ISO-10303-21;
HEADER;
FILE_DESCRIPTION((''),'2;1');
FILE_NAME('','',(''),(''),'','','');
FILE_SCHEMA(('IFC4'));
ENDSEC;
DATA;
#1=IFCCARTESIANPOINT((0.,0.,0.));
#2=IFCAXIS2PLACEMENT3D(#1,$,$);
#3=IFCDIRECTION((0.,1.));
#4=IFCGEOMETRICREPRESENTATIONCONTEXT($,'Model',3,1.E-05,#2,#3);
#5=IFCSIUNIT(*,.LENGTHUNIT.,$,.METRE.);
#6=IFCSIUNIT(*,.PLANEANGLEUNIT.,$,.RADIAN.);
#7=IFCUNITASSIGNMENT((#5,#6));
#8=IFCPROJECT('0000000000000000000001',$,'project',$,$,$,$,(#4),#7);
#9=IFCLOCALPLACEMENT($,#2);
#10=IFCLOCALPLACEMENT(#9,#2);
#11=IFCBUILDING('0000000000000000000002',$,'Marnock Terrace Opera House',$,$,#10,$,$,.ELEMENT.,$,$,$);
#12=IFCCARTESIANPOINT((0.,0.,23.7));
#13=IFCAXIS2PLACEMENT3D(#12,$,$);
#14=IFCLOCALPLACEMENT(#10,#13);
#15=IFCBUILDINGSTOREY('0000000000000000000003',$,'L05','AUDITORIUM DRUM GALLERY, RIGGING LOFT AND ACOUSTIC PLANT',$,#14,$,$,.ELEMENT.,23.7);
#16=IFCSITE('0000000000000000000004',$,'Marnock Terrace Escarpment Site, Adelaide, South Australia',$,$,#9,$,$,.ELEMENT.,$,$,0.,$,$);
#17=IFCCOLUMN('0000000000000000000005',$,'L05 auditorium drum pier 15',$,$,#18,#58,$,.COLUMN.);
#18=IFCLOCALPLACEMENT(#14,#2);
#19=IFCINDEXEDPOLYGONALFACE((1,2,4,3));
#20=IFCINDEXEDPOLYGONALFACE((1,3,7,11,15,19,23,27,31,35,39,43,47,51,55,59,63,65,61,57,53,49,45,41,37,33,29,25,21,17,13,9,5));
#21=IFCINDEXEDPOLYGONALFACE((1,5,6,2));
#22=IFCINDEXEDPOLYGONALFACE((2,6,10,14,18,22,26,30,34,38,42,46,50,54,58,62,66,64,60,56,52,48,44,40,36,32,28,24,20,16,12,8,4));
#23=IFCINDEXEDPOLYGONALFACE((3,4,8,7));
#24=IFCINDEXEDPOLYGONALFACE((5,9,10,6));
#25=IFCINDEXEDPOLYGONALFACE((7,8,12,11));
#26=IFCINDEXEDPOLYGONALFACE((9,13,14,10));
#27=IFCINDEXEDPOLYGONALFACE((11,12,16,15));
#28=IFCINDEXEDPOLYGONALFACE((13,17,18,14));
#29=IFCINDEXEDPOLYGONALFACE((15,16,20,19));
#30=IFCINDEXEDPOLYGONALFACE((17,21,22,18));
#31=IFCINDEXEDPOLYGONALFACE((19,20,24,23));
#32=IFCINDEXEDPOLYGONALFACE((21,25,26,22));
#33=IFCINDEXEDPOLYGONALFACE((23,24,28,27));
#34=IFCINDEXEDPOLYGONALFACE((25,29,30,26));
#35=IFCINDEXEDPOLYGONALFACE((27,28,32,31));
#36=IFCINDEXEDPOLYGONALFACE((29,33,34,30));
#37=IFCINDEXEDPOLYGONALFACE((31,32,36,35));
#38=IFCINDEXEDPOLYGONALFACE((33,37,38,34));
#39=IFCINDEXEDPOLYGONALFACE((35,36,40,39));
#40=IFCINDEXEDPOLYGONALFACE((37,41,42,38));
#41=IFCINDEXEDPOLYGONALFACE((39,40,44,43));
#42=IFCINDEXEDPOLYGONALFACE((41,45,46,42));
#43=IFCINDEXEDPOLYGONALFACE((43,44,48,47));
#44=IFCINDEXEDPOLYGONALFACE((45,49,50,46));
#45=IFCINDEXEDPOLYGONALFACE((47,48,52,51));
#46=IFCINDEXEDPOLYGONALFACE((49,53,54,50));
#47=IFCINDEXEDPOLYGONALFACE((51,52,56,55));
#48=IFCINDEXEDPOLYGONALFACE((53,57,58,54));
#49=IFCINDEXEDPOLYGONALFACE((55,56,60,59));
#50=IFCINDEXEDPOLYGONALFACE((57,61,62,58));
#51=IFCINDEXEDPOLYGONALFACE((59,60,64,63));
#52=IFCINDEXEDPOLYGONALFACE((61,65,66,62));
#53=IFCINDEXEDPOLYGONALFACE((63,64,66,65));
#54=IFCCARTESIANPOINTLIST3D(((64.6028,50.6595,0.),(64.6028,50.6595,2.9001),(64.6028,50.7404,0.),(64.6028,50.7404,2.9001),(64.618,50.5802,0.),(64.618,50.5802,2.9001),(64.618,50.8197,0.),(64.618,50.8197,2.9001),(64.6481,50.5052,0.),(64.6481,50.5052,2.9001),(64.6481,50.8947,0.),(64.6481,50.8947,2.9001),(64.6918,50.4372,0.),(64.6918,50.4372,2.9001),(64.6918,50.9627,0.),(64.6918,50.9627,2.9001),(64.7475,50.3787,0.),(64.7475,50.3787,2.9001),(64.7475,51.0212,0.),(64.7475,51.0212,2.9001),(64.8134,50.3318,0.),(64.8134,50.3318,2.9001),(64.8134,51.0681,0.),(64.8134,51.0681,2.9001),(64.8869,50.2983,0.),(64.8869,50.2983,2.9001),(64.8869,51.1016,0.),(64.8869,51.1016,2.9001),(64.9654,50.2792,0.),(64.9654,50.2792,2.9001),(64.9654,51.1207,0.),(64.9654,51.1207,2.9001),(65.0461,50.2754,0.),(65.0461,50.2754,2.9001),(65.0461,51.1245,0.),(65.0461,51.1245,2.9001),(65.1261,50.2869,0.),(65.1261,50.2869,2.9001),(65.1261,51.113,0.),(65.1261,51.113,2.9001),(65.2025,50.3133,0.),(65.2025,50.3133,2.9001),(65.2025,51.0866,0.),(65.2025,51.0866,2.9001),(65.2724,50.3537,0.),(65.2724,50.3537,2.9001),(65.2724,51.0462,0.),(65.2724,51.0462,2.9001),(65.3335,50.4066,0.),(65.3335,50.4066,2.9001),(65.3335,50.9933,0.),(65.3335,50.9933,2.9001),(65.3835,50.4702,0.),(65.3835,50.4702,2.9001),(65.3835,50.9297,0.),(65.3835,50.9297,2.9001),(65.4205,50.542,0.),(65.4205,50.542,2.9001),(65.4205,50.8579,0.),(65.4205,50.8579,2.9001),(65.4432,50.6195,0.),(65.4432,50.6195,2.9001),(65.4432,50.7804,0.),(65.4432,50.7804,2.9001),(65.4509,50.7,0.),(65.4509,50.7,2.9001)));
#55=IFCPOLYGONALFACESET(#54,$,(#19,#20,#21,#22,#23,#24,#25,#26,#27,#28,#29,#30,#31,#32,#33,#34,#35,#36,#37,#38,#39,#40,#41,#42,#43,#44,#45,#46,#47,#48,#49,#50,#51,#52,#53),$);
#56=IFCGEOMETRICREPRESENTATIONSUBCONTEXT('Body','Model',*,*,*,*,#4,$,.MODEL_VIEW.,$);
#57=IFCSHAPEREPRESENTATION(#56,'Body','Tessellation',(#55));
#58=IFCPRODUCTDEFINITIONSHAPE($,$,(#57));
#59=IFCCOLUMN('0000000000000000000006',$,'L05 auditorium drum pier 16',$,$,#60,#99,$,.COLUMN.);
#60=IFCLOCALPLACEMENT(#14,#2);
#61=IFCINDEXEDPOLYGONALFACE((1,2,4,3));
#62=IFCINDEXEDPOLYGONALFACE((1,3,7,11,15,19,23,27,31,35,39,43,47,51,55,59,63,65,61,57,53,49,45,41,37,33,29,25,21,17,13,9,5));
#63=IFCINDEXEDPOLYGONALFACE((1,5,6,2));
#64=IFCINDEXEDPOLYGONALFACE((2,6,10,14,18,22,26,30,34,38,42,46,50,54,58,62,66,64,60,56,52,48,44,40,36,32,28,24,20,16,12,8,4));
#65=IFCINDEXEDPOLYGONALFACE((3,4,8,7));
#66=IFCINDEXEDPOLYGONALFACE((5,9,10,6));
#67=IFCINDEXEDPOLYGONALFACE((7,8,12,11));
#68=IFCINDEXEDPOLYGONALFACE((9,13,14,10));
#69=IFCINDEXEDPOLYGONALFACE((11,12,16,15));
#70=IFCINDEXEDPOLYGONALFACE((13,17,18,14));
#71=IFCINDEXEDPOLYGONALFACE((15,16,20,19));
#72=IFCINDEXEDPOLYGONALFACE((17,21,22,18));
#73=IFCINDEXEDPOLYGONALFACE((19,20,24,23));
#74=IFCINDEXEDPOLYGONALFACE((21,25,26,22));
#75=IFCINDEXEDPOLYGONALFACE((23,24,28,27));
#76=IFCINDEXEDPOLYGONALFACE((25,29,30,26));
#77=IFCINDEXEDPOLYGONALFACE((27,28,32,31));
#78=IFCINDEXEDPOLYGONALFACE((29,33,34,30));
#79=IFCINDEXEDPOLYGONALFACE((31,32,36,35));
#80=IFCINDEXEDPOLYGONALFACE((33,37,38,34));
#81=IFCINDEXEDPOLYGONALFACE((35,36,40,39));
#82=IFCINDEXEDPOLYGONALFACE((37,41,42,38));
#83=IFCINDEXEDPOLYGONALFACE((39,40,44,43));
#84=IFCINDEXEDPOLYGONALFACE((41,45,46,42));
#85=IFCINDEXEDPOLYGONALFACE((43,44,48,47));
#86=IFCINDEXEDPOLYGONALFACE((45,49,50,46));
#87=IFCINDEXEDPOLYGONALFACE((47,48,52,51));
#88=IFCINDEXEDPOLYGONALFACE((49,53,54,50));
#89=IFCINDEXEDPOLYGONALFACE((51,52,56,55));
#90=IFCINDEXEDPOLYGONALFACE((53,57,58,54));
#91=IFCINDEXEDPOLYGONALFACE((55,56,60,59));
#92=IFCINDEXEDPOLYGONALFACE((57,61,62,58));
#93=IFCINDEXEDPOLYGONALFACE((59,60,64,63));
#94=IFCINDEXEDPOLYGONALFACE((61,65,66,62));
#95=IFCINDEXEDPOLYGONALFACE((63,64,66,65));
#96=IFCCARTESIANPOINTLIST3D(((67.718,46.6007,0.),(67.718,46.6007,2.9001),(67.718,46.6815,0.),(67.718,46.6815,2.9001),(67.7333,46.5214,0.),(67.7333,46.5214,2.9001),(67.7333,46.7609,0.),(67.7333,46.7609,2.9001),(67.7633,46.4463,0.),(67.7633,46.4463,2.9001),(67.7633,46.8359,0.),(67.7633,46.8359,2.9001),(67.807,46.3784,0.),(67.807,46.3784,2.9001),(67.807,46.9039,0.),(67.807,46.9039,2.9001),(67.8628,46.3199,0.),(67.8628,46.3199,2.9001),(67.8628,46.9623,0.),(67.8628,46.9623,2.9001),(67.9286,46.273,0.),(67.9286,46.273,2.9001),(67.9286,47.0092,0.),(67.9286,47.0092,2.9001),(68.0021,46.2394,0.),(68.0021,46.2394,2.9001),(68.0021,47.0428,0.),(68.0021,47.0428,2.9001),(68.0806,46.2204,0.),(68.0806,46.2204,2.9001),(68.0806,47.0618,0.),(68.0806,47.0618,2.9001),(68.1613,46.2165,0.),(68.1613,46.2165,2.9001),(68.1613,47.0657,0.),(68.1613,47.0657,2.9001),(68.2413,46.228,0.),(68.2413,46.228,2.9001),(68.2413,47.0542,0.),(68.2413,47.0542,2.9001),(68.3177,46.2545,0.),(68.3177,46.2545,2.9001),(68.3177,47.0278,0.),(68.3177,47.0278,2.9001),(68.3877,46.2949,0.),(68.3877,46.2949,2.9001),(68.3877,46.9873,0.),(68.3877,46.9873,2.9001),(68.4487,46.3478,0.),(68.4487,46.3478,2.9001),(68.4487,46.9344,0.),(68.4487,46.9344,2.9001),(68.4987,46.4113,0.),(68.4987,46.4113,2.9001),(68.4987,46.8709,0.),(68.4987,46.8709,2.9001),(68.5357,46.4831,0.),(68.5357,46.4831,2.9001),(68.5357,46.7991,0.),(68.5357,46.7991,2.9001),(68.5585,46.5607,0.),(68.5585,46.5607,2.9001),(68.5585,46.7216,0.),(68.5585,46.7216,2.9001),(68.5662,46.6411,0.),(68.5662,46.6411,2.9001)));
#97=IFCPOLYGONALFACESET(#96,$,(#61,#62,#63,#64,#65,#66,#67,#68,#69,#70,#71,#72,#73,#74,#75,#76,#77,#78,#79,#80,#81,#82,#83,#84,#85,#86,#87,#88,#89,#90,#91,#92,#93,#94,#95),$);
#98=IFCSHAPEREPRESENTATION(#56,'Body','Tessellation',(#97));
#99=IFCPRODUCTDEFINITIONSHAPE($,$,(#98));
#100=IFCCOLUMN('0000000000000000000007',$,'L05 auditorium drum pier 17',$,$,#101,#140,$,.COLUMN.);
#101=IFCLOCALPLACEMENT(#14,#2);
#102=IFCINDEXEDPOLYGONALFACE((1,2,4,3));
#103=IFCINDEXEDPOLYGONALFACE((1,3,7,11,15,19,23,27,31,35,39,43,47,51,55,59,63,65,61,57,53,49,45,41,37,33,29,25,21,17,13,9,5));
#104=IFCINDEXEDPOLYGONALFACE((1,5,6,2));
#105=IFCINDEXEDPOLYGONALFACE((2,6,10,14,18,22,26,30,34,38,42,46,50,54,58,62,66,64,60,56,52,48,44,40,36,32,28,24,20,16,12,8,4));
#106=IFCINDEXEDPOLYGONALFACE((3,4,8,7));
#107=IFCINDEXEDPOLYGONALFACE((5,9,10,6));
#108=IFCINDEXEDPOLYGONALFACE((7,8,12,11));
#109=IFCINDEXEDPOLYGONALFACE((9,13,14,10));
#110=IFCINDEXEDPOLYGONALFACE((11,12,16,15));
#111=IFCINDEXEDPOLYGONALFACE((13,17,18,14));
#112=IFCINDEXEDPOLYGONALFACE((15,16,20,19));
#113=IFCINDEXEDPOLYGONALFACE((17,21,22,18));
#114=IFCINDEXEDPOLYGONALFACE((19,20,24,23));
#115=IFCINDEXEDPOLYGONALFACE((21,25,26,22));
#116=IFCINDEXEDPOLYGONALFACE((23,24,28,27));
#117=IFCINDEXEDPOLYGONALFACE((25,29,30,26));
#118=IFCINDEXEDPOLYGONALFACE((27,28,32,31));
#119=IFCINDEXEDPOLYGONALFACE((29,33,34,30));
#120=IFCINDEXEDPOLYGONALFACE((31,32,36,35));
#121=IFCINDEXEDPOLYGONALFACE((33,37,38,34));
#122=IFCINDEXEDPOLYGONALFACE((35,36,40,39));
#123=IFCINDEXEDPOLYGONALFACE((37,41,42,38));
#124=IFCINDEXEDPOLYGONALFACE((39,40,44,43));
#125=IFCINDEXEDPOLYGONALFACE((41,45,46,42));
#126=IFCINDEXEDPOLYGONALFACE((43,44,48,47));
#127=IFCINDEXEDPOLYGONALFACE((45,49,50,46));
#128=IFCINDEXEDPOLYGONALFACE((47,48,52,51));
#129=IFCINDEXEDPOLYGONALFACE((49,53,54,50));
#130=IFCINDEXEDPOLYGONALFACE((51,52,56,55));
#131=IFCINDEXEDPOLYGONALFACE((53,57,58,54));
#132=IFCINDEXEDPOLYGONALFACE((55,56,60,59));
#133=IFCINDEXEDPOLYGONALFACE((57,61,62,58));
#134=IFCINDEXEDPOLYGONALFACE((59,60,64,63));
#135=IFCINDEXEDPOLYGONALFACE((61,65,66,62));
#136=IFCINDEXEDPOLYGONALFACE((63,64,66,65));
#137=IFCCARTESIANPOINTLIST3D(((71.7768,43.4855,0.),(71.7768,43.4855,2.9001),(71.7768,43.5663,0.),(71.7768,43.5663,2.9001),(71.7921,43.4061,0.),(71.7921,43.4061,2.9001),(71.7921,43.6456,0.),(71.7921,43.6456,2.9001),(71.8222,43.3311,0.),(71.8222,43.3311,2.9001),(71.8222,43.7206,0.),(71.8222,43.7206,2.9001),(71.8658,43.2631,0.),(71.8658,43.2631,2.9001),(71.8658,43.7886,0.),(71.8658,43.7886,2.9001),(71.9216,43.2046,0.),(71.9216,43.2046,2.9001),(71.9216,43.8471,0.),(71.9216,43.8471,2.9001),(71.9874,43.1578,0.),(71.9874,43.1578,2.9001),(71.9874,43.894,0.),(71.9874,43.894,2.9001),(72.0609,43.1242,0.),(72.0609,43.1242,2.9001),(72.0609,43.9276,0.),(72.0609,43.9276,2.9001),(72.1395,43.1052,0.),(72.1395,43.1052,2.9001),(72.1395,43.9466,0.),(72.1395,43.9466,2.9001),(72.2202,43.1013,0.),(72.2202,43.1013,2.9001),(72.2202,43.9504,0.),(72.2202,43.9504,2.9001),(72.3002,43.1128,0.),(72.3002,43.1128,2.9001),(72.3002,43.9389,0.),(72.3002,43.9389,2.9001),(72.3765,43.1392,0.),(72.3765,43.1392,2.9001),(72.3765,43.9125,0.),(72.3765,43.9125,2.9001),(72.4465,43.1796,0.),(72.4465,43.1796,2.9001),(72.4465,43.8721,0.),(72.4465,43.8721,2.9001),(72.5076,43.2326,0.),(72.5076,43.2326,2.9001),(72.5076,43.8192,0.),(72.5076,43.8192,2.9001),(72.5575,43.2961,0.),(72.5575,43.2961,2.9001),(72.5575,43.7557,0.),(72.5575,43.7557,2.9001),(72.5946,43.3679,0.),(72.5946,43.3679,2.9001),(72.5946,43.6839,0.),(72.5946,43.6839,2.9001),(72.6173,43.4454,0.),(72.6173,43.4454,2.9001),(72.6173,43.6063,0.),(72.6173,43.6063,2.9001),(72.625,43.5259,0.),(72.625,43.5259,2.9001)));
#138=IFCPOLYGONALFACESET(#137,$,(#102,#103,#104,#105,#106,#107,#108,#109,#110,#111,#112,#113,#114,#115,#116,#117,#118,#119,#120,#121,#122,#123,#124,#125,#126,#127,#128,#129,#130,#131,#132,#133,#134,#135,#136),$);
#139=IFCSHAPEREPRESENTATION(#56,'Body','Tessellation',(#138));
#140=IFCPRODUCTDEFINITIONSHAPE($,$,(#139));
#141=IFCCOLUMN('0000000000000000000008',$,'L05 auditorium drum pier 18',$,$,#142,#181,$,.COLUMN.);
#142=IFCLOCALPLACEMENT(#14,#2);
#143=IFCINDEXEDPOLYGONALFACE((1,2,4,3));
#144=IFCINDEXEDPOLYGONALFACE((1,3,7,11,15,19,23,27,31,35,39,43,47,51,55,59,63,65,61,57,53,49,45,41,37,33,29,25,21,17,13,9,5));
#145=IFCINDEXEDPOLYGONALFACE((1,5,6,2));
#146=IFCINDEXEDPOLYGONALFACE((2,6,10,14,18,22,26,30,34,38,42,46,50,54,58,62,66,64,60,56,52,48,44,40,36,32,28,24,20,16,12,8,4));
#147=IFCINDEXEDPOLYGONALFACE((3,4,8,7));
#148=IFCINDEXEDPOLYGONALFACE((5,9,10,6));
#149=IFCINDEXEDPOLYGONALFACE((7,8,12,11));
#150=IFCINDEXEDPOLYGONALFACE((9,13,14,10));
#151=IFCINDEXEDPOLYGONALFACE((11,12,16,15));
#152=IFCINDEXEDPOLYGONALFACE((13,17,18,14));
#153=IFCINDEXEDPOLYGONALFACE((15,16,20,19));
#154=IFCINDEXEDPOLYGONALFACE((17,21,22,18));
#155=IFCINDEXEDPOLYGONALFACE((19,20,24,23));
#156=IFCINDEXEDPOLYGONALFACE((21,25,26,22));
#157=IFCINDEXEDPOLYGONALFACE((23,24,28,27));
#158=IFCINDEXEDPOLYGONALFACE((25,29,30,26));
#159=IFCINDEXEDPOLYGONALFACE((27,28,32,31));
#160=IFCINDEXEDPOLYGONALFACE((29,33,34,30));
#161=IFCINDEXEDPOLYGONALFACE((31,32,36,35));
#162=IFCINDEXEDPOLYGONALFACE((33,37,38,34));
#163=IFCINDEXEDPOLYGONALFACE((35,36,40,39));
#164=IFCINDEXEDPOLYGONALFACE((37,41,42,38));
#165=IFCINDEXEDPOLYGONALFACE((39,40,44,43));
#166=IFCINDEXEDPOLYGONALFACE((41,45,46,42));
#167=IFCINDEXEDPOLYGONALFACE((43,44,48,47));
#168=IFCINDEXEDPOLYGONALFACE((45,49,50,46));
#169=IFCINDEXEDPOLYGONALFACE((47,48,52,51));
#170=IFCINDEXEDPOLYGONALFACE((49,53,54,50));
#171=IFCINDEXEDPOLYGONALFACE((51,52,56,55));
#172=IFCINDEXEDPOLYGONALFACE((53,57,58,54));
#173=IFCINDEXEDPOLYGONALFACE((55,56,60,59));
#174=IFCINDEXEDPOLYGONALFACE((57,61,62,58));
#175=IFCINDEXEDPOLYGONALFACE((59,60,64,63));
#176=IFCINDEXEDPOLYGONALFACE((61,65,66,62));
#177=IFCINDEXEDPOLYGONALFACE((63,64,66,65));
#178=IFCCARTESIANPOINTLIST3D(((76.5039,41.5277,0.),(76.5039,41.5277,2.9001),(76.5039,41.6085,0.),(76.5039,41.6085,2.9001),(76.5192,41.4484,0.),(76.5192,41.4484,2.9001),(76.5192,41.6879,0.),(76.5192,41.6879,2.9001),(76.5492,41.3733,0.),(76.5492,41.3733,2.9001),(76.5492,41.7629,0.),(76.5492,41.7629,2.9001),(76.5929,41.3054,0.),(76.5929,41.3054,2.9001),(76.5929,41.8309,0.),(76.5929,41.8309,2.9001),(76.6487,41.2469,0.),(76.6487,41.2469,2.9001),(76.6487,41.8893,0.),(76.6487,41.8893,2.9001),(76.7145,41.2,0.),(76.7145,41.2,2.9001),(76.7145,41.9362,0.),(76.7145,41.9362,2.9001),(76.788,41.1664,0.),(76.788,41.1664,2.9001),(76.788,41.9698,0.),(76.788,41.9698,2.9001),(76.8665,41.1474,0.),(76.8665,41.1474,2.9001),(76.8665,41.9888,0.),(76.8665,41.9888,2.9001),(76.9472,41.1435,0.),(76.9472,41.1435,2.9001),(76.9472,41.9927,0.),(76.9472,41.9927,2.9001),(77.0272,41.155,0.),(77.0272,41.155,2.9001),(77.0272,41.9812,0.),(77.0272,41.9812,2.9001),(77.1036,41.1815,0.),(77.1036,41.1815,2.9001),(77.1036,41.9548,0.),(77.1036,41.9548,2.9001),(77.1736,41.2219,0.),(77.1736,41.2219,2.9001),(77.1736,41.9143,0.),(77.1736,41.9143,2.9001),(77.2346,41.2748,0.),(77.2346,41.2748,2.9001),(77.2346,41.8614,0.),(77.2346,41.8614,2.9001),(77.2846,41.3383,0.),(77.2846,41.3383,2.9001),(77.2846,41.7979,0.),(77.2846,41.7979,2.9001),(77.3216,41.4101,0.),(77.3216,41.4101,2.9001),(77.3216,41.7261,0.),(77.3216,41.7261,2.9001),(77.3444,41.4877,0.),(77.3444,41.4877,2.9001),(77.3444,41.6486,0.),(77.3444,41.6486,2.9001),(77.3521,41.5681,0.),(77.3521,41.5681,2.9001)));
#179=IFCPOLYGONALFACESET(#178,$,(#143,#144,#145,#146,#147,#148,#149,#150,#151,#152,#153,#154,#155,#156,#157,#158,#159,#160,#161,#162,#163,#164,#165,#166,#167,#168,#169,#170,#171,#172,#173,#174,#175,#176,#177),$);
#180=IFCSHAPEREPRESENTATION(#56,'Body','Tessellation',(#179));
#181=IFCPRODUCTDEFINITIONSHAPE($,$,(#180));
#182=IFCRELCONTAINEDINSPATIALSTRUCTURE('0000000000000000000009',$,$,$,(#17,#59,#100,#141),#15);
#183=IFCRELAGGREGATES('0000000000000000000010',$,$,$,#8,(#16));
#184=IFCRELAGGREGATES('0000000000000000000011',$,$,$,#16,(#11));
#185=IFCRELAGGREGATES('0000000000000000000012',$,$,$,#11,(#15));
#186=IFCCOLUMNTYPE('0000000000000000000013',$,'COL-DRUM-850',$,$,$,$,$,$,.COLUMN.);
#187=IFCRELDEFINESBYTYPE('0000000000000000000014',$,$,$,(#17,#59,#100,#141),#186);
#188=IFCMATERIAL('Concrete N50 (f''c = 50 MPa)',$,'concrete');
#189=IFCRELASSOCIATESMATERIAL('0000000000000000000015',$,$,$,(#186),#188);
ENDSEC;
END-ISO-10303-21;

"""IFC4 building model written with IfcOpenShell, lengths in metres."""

from ifc_helpers import new_model, si_unit, direction, frame, origin, origin_2d, place, context, subcontext, project, spatial, circle, extrude, material, material_profile, profile_set, type_object, element, save


model = new_model("IFC4")

# Units and contexts
model_context = context("Model", 3, precision=1e-05, world=origin(), true_north=direction((0.0, 1.0)))
body_context = subcontext(model_context, "Body", "Model", "MODEL_VIEW")
ifc_project = project(units=[si_unit("LENGTHUNIT", "METRE"), si_unit("PLANEANGLEUNIT", "RADIAN")], contexts=[model_context])

# Site, building, storey
site_placement = place(None, origin())
site = spatial("IfcSite", under=ifc_project, at=site_placement, Name="Marnock Terrace Escarpment Site, Adelaide, South Australia", CompositionType="ELEMENT", RefElevation=0.0)
building_placement = place(site_placement, origin())
building = spatial("IfcBuilding", under=site, at=building_placement, Name="Marnock Terrace Opera House", CompositionType="ELEMENT")
storey_placement = place(building_placement, frame((0.0, 0.0, 23.7)))
storey = spatial("IfcBuildingStorey", under=building, at=storey_placement, Name="L05", Description="AUDITORIUM DRUM GALLERY, RIGGING LOFT AND ACOUSTIC PLANT", CompositionType="ELEMENT", Elevation=23.7)

# Columns
ifc_material_1 = material(Name="Concrete N50 (f'c = 50 MPa)", Category="concrete")
ifc_material_profile_1 = material_profile(ifc_material_1, circle(Radius=0.425, at=origin_2d()))
ifc_profile_set_1 = profile_set([ifc_material_profile_1], Name="Concrete N50 (f'c = 50 MPa)")
column_type_1 = type_object("IfcColumnType", Name="COL-DRUM-850", PredefinedType="COLUMN", material=ifc_profile_set_1)
for number, where, z_axis, x_axis, name in (
    (1, (65.0259, 50.7, 0.0), (0.0, 0.0, 1.0), (1.0, 0.0, 0.0), "L05 auditorium drum pier 15"),
    (2, (68.1411, 46.6411, 0.0), (0.0, 0.0, 1.0), (1.0, 0.0, 0.0), "L05 auditorium drum pier 16"),
    (3, (72.2, 43.5259, 0.0), (0.0, 0.0, 1.0), (1.0, 0.0, 0.0), "L05 auditorium drum pier 17"),
    (4, (76.927, 41.5681, 0.0), (0.0, 0.0, 1.0), (1.0, 0.0, 0.0), "L05 auditorium drum pier 18"),
):
    element("IfcColumn", number, at=place(storey_placement, frame(where, z_axis=z_axis, x_axis=x_axis)), inside=storey, type_object=column_type_1, Name=name, PredefinedType="COLUMN", context=body_context, shape_type="SweptSolid", body=[
        extrude(circle(Radius=0.425, at=origin_2d()), origin(), (0.0, 0.0, 1.0), 2.9001),
    ])

save(model, "model.ifc")
